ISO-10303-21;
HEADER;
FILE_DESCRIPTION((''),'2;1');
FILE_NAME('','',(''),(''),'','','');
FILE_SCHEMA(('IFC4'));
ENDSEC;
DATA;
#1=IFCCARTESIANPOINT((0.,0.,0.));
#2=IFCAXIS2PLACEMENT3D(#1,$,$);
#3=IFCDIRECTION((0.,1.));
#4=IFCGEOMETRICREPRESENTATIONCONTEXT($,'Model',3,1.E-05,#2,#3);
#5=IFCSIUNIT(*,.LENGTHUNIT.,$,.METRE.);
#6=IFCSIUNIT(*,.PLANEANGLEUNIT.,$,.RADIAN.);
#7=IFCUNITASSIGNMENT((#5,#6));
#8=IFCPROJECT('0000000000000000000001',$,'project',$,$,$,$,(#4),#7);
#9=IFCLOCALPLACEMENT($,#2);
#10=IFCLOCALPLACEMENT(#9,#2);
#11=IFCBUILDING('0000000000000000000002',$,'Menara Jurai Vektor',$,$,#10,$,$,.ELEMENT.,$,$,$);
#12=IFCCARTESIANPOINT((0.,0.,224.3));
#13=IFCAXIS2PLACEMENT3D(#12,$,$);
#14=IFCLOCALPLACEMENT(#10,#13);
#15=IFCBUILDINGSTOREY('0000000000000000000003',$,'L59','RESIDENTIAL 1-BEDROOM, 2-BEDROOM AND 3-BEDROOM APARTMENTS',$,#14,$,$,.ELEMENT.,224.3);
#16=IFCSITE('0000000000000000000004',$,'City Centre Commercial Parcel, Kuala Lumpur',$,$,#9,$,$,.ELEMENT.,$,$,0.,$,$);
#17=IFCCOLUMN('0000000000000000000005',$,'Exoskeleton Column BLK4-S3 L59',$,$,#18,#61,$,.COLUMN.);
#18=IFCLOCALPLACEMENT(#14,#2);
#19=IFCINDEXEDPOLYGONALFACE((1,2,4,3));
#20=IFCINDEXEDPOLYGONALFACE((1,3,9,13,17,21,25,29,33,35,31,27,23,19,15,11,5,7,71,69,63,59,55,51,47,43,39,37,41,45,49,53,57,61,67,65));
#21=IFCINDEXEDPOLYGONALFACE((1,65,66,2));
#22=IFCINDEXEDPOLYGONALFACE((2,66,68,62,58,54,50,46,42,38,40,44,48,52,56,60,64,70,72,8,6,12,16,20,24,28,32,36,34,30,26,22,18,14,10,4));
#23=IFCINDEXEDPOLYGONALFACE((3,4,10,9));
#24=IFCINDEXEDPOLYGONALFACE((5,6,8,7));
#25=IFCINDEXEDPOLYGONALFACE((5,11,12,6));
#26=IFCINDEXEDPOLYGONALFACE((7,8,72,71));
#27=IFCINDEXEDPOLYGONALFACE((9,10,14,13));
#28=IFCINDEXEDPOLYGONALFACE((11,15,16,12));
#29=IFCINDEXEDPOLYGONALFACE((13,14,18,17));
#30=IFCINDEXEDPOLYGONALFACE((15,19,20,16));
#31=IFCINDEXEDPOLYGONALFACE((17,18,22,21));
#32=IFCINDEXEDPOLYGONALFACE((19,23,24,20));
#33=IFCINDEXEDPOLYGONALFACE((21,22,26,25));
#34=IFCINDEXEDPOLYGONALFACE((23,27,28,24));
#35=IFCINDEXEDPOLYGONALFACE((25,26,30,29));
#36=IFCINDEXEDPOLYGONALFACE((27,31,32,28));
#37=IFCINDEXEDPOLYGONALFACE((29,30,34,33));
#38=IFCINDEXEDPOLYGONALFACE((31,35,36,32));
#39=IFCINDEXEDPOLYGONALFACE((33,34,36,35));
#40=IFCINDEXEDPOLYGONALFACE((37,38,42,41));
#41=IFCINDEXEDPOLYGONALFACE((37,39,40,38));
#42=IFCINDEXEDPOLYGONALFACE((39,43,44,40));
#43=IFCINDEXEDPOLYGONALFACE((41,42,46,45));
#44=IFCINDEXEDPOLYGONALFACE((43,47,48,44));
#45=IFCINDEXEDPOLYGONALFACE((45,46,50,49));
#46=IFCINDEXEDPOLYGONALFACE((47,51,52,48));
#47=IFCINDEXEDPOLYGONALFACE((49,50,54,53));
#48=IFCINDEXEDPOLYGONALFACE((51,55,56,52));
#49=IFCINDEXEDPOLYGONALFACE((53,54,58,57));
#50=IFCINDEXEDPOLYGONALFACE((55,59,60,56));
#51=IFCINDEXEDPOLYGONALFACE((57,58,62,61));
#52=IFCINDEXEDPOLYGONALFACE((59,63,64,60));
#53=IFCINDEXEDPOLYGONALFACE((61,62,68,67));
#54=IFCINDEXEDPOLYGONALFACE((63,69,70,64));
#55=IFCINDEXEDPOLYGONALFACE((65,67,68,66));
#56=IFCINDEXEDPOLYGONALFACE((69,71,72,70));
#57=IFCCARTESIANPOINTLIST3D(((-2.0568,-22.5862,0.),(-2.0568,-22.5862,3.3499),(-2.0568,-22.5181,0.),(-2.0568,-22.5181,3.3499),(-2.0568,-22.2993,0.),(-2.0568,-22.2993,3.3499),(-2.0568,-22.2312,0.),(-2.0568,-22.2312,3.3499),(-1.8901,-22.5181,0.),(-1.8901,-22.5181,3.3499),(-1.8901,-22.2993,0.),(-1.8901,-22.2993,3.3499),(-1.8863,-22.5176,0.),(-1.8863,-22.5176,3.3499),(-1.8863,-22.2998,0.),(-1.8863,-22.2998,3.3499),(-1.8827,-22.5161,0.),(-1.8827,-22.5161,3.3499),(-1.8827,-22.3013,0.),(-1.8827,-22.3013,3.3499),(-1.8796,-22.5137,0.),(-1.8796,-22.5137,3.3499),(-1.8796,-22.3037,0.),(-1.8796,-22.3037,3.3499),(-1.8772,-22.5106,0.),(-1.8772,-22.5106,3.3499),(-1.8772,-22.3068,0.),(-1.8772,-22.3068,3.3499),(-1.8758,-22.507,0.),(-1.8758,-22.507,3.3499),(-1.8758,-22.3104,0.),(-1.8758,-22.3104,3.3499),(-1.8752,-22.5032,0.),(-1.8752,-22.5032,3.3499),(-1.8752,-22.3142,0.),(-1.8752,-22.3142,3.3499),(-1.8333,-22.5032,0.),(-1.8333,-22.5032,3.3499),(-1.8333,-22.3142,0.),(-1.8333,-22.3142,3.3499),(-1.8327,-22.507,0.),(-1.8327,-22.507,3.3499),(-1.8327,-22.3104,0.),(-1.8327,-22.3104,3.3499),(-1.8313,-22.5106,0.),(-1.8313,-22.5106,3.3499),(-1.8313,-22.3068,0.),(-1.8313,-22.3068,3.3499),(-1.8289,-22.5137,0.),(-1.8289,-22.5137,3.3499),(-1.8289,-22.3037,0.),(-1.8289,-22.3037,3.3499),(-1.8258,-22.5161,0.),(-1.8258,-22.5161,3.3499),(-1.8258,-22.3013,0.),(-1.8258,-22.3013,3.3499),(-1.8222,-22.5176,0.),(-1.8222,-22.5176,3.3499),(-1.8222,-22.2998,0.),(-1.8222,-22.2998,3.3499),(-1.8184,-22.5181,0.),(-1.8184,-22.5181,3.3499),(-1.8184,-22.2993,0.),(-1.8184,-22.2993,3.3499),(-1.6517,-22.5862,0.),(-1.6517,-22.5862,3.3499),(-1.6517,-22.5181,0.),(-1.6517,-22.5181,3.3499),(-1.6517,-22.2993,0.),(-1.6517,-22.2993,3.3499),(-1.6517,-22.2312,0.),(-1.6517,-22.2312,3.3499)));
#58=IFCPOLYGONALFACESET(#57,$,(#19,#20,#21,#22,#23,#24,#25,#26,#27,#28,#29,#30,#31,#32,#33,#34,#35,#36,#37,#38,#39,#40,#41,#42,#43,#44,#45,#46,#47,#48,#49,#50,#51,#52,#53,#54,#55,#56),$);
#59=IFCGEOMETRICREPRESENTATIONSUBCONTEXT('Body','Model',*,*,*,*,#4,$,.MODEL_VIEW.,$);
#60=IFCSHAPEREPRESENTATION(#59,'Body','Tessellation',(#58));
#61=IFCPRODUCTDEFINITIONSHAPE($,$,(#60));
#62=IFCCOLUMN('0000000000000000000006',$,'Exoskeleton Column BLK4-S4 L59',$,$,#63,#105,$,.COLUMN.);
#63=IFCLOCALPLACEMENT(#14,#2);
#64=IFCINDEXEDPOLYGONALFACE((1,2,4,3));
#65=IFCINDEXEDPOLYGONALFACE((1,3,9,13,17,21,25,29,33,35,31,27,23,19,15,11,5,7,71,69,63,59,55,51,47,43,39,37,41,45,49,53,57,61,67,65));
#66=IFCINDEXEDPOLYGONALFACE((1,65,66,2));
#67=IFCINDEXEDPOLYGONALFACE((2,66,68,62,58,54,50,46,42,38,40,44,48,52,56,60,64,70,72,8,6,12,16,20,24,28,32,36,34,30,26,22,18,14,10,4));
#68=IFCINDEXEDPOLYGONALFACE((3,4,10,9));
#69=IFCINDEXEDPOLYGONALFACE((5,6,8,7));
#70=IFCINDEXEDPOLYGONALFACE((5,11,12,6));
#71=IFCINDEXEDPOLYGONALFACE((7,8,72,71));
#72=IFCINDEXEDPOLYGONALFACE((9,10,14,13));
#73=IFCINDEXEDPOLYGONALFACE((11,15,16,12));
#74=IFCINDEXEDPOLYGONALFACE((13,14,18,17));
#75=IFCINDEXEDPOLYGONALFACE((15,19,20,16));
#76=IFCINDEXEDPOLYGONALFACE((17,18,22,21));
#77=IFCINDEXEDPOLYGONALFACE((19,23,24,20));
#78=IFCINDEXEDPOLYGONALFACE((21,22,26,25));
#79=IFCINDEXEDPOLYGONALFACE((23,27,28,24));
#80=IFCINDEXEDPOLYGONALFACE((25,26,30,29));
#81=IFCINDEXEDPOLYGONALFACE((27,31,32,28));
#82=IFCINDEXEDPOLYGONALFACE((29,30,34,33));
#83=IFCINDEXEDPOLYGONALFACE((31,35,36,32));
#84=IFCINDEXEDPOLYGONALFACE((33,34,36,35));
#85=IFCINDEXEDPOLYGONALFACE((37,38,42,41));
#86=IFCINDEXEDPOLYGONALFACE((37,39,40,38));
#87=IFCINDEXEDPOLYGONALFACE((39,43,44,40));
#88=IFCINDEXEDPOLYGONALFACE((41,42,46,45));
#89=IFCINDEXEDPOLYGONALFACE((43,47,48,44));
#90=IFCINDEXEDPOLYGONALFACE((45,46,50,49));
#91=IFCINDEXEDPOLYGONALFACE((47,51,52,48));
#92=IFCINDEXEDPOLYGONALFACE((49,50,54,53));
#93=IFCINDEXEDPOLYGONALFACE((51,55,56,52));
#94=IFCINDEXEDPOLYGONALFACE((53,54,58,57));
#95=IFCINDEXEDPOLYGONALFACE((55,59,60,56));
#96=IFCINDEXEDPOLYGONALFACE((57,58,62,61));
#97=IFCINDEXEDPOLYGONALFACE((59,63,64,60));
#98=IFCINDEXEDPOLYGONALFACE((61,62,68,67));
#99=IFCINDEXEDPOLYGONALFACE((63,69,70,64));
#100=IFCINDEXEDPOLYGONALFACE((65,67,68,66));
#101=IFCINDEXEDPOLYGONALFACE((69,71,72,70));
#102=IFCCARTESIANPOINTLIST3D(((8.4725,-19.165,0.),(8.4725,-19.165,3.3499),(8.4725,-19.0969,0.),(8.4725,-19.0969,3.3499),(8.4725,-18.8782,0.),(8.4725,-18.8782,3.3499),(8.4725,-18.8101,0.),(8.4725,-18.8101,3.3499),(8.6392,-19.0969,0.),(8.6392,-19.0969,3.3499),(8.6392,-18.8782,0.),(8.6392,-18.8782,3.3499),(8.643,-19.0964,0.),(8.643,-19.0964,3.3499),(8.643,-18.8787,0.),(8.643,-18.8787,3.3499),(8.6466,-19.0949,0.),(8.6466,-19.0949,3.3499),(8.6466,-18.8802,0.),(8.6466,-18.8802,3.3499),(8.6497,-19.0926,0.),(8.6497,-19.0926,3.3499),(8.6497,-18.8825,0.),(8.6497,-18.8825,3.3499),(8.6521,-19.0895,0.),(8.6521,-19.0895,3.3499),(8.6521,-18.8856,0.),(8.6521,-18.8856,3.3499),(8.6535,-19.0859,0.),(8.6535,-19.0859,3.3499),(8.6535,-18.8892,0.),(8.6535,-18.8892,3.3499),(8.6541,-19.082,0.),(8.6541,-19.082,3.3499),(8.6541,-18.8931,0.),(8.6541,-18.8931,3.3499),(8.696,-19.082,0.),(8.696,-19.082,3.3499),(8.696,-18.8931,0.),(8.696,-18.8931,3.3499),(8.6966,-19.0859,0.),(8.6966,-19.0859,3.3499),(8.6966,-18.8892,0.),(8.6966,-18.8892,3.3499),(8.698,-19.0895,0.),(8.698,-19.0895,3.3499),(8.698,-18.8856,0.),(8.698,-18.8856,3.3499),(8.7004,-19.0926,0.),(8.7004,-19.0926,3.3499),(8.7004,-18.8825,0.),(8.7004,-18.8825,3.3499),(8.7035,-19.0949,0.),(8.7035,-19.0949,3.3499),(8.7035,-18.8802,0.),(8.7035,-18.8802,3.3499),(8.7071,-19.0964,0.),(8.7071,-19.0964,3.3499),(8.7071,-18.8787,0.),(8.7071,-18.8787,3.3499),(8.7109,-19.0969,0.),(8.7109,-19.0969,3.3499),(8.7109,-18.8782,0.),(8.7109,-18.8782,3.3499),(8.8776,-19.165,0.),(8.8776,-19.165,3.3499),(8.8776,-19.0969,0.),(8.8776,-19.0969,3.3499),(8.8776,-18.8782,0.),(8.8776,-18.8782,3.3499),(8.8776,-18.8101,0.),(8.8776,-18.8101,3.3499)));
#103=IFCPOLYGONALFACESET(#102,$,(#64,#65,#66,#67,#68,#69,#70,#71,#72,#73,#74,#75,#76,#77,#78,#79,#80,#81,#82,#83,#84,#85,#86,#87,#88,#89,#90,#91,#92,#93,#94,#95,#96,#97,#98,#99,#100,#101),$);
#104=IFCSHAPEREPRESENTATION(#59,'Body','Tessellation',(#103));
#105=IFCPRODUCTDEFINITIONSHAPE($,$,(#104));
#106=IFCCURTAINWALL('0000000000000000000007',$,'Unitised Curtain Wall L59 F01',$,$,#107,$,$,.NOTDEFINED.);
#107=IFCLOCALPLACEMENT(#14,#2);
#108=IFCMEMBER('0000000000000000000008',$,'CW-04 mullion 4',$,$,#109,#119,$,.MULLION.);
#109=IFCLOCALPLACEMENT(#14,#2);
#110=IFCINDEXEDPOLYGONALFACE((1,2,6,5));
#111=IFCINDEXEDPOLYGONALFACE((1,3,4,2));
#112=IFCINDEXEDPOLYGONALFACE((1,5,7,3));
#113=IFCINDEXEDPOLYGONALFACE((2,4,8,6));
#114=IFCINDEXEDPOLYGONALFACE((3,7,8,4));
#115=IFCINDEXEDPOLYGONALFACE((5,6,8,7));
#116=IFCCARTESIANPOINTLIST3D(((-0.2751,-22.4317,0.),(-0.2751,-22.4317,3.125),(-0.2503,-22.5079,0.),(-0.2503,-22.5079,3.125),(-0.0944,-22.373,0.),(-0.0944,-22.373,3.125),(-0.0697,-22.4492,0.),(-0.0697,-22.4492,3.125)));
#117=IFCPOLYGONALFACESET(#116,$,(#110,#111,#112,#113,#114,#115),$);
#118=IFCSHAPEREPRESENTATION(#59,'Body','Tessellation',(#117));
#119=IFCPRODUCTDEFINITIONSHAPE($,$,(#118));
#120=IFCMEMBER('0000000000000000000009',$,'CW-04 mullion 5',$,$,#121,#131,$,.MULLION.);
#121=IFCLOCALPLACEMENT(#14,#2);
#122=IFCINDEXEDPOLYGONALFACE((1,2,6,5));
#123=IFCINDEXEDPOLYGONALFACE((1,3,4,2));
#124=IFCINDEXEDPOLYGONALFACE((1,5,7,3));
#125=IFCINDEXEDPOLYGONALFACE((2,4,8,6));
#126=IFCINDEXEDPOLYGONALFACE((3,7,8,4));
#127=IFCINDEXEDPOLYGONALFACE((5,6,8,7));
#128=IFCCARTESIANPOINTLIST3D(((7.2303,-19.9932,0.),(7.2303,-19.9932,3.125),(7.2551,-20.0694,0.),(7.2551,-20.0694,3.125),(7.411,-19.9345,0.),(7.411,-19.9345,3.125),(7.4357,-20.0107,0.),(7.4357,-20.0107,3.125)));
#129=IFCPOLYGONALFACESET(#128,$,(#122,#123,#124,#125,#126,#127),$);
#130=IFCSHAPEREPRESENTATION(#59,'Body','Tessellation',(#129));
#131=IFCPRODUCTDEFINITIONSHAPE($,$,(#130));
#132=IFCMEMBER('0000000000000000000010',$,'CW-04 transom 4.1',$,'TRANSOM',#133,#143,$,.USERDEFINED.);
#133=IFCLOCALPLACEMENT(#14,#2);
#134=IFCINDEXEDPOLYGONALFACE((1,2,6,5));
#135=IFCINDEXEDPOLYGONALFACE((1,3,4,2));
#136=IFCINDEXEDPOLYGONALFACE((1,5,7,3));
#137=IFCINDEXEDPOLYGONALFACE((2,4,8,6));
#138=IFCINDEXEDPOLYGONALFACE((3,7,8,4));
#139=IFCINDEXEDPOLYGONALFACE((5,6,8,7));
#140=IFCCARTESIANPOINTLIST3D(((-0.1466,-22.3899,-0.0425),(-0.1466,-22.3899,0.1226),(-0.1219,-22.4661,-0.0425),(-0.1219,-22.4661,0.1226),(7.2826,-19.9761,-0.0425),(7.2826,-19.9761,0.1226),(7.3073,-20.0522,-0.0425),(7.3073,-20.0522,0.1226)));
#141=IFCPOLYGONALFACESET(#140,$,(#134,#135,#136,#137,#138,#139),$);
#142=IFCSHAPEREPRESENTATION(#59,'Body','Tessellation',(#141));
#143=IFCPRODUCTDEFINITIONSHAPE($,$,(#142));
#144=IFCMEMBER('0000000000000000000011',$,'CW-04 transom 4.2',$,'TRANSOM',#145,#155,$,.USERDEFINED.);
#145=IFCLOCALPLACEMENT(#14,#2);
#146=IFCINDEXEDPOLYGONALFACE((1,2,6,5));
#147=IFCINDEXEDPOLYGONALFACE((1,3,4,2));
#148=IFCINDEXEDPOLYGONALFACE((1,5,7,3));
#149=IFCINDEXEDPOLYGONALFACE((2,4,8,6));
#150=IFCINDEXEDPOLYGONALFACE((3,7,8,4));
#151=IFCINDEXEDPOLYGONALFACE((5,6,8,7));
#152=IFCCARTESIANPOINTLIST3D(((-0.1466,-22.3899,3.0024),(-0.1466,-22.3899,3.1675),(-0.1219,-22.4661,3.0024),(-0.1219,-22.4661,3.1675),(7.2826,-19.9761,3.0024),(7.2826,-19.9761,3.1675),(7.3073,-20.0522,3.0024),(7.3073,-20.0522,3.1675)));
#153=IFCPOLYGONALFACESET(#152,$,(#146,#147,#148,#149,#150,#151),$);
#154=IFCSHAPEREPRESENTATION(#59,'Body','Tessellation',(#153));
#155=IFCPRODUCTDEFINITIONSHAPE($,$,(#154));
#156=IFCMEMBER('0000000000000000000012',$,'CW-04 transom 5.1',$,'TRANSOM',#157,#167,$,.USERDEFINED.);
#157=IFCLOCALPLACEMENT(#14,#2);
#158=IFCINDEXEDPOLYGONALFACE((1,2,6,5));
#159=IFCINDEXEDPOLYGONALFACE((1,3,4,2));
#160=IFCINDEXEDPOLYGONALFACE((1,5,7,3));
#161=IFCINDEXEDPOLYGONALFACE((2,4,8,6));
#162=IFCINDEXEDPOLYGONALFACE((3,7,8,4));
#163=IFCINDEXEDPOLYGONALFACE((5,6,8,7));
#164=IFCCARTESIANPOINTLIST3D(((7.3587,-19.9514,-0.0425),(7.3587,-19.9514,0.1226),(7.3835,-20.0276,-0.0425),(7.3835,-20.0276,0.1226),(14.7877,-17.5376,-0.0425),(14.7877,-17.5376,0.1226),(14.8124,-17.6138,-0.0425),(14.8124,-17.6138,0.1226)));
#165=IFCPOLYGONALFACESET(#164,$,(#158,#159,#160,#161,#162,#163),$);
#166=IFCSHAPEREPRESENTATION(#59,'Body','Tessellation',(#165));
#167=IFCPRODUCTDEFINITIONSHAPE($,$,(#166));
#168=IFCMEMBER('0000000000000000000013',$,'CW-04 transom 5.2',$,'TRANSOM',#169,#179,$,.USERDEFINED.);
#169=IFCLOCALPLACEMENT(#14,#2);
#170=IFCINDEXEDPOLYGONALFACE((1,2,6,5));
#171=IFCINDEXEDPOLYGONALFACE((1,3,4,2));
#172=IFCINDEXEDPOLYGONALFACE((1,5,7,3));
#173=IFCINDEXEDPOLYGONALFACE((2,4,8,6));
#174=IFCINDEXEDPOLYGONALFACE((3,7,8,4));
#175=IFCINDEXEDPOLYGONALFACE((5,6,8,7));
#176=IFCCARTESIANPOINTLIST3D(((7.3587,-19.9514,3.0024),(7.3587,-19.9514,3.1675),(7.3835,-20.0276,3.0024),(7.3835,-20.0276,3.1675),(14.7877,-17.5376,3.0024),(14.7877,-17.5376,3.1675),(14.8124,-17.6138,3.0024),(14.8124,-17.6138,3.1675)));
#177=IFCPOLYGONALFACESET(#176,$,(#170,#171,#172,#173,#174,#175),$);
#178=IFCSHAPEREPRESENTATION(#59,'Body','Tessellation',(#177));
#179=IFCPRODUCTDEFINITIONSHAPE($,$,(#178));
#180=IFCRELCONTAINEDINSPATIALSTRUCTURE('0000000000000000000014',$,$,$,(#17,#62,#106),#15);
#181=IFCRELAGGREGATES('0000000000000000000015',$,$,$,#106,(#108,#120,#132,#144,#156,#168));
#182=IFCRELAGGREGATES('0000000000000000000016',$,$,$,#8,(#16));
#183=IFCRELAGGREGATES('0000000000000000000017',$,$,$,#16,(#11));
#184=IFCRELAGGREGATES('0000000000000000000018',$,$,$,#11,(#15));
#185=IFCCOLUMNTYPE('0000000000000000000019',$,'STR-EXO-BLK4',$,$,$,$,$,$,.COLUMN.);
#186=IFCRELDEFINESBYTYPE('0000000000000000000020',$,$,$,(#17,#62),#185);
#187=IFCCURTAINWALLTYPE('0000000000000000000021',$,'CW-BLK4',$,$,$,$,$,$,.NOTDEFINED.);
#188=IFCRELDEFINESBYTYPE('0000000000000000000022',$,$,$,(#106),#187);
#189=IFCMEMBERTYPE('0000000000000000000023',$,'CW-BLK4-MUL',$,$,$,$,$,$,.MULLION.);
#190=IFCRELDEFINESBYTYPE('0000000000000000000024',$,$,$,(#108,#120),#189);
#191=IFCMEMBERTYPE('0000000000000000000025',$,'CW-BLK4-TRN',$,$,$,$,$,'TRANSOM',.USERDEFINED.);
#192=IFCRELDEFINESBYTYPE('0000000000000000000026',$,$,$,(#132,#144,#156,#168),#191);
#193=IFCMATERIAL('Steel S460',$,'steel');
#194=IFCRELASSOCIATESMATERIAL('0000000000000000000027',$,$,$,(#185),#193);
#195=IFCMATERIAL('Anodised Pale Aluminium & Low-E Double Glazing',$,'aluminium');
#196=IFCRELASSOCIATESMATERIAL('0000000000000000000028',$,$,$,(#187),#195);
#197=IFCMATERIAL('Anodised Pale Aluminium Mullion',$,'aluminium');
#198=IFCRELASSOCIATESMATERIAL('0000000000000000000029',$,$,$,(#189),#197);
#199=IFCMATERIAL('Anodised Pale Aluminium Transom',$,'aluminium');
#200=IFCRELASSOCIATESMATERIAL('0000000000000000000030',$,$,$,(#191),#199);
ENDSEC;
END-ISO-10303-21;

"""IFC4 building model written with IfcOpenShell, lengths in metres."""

from ifc_helpers import new_model, si_unit, direction, frame, origin, origin_2d, place, context, subcontext, project, spatial, rectangle, i_section, extrude, material, material_profile, profile_set, type_object, element, aggregate, save


model = new_model("IFC4")

# Units and contexts
model_context = context("Model", 3, precision=1e-05, world=origin(), true_north=direction((0.0, 1.0)))
body_context = subcontext(model_context, "Body", "Model", "MODEL_VIEW")
ifc_project = project(units=[si_unit("LENGTHUNIT", "METRE"), si_unit("PLANEANGLEUNIT", "RADIAN")], contexts=[model_context])

# Site, building, storey
site_placement = place(None, origin())
site = spatial("IfcSite", under=ifc_project, at=site_placement, Name="City Centre Commercial Parcel, Kuala Lumpur", CompositionType="ELEMENT", RefElevation=0.0)
building_placement = place(site_placement, origin())
building = spatial("IfcBuilding", under=site, at=building_placement, Name="Menara Jurai Vektor", CompositionType="ELEMENT")
storey_placement = place(building_placement, frame((0.0, 0.0, 224.3)))
storey = spatial("IfcBuildingStorey", under=building, at=storey_placement, Name="L59", Description="RESIDENTIAL 1-BEDROOM, 2-BEDROOM AND 3-BEDROOM APARTMENTS", CompositionType="ELEMENT", Elevation=224.3)

# Columns
ifc_material_1 = material(Name="Steel S460", Category="steel")
ifc_material_profile_1 = material_profile(ifc_material_1, i_section(OverallWidth=0.405, OverallDepth=0.355, WebThickness=0.042, FlangeThickness=0.0681, FilletRadius=0.0149, at=origin_2d()), Name="HD 400x551")
ifc_profile_set_1 = profile_set([ifc_material_profile_1], Name="Steel S460")
column_type = type_object("IfcColumnType", Name="STR-EXO-BLK4", PredefinedType="COLUMN", material=ifc_profile_set_1)
for number, where, z_axis, x_axis, name in (
    (1, (-1.8542, -22.4087, 0.0), (0.0, 0.0, 1.0), (1.0, 0.0, 0.0), "Exoskeleton Column BLK4-S3 L59"),
    (2, (8.675, -18.9875, 0.0), (0.0, 0.0, 1.0), (1.0, 0.0, 0.0), "Exoskeleton Column BLK4-S4 L59"),
):
    element("IfcColumn", number, at=place(storey_placement, frame(where, z_axis=z_axis, x_axis=x_axis)), inside=storey, type_object=column_type, Name=name, PredefinedType="COLUMN", context=body_context, shape_type="SweptSolid", body=[
        extrude(i_section(OverallWidth=0.405, OverallDepth=0.355, WebThickness=0.042, FlangeThickness=0.0681, FilletRadius=0.0149, at=origin_2d()), origin(), (0.0, 0.0, 1.0), 3.3499),
    ])

# Curtain wall, members
ifc_material_2 = material(Name="Anodised Pale Aluminium & Low-E Double Glazing", Category="aluminium")
curtain_wall_type = type_object("IfcCurtainWallType", Name="CW-BLK4", PredefinedType="NOTDEFINED", material=ifc_material_2)
curtain_wall_placement = place(storey_placement, origin())
curtain_wall = element("IfcCurtainWall", 3, at=curtain_wall_placement, inside=storey, type_object=curtain_wall_type, Name="Unitised Curtain Wall L59 F01", PredefinedType="NOTDEFINED")
ifc_material_3 = material(Name="Anodised Pale Aluminium Mullion", Category="aluminium")
ifc_material_profile_2 = material_profile(ifc_material_3, rectangle(XDim=0.0801, YDim=0.1899, at=origin_2d()), Name="ALU MUL 80x190")
ifc_profile_set_2 = profile_set([ifc_material_profile_2], Name="Anodised Pale Aluminium Mullion")
member_type_1 = type_object("IfcMemberType", Name="CW-BLK4-MUL", PredefinedType="MULLION", material=ifc_profile_set_2)
member_1_placement = place(storey_placement, frame((-0.1724, -22.4404, 0.0), z_axis=(0.0, 0.0, 1.0), x_axis=(-0.309017, 0.951056, 0.0)))
member_1 = element("IfcMember", 4, at=member_1_placement, type_object=member_type_1, Name="CW-04 mullion 4", PredefinedType="MULLION", context=body_context, shape_type="SweptSolid", body=[
    extrude(rectangle(XDim=0.0801, YDim=0.1899, at=origin_2d()), origin(), (0.0, 0.0, 1.0), 3.125),
])
member_2_placement = place(storey_placement, frame((7.333, -20.002, 0.0), z_axis=(0.0, 0.0, 1.0), x_axis=(-0.309017, 0.951056, 0.0)))
member_2 = element("IfcMember", 5, at=member_2_placement, type_object=member_type_1, Name="CW-04 mullion 5", PredefinedType="MULLION", context=body_context, shape_type="SweptSolid", body=[
    extrude(rectangle(XDim=0.0801, YDim=0.1899, at=origin_2d()), origin(), (0.0, 0.0, 1.0), 3.125),
])
ifc_material_4 = material(Name="Anodised Pale Aluminium Transom", Category="aluminium")
ifc_material_profile_3 = material_profile(ifc_material_4, rectangle(XDim=0.0801, YDim=0.165, at=origin_2d()), Name="ALU TRN 80x165")
ifc_profile_set_3 = profile_set([ifc_material_profile_3], Name="Anodised Pale Aluminium Transom")
member_type_2 = type_object("IfcMemberType", Name="CW-BLK4-TRN", ElementType="TRANSOM", PredefinedType="USERDEFINED", material=ifc_profile_set_3)
member_3_placement = place(storey_placement, frame((-0.1343, -22.428, 0.04), z_axis=(0.951059, 0.309008, 0.0), x_axis=(-0.309008, 0.951059, 0.0)))
member_3 = element("IfcMember", 6, at=member_3_placement, type_object=member_type_2, Name="CW-04 transom 4.1", ObjectType="TRANSOM", PredefinedType="USERDEFINED", context=body_context, shape_type="SweptSolid", body=[
    extrude(rectangle(XDim=0.0801, YDim=0.165, at=origin_2d()), origin(), (0.0, 0.0, 1.0), 7.8115),
])
member_4_placement = place(storey_placement, frame((-0.1343, -22.428, 3.085), z_axis=(0.951059, 0.309008, 0.0), x_axis=(-0.309008, 0.951059, 0.0)))
member_4 = element("IfcMember", 7, at=member_4_placement, type_object=member_type_2, Name="CW-04 transom 4.2", ObjectType="TRANSOM", PredefinedType="USERDEFINED", context=body_context, shape_type="SweptSolid", body=[
    extrude(rectangle(XDim=0.0801, YDim=0.165, at=origin_2d()), origin(), (0.0, 0.0, 1.0), 7.8115),
])
member_5_placement = place(storey_placement, frame((7.3711, -19.9895, 0.04), z_axis=(0.951056, 0.309018, 0.0), x_axis=(-0.309018, 0.951056, 0.0)))
member_5 = element("IfcMember", 8, at=member_5_placement, type_object=member_type_2, Name="CW-04 transom 5.1", ObjectType="TRANSOM", PredefinedType="USERDEFINED", context=body_context, shape_type="SweptSolid", body=[
    extrude(rectangle(XDim=0.0801, YDim=0.165, at=origin_2d()), origin(), (0.0, 0.0, 1.0), 7.8113),
])
member_6_placement = place(storey_placement, frame((7.3711, -19.9895, 3.085), z_axis=(0.951056, 0.309018, 0.0), x_axis=(-0.309018, 0.951056, 0.0)))
member_6 = element("IfcMember", 9, at=member_6_placement, type_object=member_type_2, Name="CW-04 transom 5.2", ObjectType="TRANSOM", PredefinedType="USERDEFINED", context=body_context, shape_type="SweptSolid", body=[
    extrude(rectangle(XDim=0.0801, YDim=0.165, at=origin_2d()), origin(), (0.0, 0.0, 1.0), 7.8113),
])

aggregate(curtain_wall, [member_1, member_2, member_3, member_4, member_5, member_6])

save(model, "model.ifc")
